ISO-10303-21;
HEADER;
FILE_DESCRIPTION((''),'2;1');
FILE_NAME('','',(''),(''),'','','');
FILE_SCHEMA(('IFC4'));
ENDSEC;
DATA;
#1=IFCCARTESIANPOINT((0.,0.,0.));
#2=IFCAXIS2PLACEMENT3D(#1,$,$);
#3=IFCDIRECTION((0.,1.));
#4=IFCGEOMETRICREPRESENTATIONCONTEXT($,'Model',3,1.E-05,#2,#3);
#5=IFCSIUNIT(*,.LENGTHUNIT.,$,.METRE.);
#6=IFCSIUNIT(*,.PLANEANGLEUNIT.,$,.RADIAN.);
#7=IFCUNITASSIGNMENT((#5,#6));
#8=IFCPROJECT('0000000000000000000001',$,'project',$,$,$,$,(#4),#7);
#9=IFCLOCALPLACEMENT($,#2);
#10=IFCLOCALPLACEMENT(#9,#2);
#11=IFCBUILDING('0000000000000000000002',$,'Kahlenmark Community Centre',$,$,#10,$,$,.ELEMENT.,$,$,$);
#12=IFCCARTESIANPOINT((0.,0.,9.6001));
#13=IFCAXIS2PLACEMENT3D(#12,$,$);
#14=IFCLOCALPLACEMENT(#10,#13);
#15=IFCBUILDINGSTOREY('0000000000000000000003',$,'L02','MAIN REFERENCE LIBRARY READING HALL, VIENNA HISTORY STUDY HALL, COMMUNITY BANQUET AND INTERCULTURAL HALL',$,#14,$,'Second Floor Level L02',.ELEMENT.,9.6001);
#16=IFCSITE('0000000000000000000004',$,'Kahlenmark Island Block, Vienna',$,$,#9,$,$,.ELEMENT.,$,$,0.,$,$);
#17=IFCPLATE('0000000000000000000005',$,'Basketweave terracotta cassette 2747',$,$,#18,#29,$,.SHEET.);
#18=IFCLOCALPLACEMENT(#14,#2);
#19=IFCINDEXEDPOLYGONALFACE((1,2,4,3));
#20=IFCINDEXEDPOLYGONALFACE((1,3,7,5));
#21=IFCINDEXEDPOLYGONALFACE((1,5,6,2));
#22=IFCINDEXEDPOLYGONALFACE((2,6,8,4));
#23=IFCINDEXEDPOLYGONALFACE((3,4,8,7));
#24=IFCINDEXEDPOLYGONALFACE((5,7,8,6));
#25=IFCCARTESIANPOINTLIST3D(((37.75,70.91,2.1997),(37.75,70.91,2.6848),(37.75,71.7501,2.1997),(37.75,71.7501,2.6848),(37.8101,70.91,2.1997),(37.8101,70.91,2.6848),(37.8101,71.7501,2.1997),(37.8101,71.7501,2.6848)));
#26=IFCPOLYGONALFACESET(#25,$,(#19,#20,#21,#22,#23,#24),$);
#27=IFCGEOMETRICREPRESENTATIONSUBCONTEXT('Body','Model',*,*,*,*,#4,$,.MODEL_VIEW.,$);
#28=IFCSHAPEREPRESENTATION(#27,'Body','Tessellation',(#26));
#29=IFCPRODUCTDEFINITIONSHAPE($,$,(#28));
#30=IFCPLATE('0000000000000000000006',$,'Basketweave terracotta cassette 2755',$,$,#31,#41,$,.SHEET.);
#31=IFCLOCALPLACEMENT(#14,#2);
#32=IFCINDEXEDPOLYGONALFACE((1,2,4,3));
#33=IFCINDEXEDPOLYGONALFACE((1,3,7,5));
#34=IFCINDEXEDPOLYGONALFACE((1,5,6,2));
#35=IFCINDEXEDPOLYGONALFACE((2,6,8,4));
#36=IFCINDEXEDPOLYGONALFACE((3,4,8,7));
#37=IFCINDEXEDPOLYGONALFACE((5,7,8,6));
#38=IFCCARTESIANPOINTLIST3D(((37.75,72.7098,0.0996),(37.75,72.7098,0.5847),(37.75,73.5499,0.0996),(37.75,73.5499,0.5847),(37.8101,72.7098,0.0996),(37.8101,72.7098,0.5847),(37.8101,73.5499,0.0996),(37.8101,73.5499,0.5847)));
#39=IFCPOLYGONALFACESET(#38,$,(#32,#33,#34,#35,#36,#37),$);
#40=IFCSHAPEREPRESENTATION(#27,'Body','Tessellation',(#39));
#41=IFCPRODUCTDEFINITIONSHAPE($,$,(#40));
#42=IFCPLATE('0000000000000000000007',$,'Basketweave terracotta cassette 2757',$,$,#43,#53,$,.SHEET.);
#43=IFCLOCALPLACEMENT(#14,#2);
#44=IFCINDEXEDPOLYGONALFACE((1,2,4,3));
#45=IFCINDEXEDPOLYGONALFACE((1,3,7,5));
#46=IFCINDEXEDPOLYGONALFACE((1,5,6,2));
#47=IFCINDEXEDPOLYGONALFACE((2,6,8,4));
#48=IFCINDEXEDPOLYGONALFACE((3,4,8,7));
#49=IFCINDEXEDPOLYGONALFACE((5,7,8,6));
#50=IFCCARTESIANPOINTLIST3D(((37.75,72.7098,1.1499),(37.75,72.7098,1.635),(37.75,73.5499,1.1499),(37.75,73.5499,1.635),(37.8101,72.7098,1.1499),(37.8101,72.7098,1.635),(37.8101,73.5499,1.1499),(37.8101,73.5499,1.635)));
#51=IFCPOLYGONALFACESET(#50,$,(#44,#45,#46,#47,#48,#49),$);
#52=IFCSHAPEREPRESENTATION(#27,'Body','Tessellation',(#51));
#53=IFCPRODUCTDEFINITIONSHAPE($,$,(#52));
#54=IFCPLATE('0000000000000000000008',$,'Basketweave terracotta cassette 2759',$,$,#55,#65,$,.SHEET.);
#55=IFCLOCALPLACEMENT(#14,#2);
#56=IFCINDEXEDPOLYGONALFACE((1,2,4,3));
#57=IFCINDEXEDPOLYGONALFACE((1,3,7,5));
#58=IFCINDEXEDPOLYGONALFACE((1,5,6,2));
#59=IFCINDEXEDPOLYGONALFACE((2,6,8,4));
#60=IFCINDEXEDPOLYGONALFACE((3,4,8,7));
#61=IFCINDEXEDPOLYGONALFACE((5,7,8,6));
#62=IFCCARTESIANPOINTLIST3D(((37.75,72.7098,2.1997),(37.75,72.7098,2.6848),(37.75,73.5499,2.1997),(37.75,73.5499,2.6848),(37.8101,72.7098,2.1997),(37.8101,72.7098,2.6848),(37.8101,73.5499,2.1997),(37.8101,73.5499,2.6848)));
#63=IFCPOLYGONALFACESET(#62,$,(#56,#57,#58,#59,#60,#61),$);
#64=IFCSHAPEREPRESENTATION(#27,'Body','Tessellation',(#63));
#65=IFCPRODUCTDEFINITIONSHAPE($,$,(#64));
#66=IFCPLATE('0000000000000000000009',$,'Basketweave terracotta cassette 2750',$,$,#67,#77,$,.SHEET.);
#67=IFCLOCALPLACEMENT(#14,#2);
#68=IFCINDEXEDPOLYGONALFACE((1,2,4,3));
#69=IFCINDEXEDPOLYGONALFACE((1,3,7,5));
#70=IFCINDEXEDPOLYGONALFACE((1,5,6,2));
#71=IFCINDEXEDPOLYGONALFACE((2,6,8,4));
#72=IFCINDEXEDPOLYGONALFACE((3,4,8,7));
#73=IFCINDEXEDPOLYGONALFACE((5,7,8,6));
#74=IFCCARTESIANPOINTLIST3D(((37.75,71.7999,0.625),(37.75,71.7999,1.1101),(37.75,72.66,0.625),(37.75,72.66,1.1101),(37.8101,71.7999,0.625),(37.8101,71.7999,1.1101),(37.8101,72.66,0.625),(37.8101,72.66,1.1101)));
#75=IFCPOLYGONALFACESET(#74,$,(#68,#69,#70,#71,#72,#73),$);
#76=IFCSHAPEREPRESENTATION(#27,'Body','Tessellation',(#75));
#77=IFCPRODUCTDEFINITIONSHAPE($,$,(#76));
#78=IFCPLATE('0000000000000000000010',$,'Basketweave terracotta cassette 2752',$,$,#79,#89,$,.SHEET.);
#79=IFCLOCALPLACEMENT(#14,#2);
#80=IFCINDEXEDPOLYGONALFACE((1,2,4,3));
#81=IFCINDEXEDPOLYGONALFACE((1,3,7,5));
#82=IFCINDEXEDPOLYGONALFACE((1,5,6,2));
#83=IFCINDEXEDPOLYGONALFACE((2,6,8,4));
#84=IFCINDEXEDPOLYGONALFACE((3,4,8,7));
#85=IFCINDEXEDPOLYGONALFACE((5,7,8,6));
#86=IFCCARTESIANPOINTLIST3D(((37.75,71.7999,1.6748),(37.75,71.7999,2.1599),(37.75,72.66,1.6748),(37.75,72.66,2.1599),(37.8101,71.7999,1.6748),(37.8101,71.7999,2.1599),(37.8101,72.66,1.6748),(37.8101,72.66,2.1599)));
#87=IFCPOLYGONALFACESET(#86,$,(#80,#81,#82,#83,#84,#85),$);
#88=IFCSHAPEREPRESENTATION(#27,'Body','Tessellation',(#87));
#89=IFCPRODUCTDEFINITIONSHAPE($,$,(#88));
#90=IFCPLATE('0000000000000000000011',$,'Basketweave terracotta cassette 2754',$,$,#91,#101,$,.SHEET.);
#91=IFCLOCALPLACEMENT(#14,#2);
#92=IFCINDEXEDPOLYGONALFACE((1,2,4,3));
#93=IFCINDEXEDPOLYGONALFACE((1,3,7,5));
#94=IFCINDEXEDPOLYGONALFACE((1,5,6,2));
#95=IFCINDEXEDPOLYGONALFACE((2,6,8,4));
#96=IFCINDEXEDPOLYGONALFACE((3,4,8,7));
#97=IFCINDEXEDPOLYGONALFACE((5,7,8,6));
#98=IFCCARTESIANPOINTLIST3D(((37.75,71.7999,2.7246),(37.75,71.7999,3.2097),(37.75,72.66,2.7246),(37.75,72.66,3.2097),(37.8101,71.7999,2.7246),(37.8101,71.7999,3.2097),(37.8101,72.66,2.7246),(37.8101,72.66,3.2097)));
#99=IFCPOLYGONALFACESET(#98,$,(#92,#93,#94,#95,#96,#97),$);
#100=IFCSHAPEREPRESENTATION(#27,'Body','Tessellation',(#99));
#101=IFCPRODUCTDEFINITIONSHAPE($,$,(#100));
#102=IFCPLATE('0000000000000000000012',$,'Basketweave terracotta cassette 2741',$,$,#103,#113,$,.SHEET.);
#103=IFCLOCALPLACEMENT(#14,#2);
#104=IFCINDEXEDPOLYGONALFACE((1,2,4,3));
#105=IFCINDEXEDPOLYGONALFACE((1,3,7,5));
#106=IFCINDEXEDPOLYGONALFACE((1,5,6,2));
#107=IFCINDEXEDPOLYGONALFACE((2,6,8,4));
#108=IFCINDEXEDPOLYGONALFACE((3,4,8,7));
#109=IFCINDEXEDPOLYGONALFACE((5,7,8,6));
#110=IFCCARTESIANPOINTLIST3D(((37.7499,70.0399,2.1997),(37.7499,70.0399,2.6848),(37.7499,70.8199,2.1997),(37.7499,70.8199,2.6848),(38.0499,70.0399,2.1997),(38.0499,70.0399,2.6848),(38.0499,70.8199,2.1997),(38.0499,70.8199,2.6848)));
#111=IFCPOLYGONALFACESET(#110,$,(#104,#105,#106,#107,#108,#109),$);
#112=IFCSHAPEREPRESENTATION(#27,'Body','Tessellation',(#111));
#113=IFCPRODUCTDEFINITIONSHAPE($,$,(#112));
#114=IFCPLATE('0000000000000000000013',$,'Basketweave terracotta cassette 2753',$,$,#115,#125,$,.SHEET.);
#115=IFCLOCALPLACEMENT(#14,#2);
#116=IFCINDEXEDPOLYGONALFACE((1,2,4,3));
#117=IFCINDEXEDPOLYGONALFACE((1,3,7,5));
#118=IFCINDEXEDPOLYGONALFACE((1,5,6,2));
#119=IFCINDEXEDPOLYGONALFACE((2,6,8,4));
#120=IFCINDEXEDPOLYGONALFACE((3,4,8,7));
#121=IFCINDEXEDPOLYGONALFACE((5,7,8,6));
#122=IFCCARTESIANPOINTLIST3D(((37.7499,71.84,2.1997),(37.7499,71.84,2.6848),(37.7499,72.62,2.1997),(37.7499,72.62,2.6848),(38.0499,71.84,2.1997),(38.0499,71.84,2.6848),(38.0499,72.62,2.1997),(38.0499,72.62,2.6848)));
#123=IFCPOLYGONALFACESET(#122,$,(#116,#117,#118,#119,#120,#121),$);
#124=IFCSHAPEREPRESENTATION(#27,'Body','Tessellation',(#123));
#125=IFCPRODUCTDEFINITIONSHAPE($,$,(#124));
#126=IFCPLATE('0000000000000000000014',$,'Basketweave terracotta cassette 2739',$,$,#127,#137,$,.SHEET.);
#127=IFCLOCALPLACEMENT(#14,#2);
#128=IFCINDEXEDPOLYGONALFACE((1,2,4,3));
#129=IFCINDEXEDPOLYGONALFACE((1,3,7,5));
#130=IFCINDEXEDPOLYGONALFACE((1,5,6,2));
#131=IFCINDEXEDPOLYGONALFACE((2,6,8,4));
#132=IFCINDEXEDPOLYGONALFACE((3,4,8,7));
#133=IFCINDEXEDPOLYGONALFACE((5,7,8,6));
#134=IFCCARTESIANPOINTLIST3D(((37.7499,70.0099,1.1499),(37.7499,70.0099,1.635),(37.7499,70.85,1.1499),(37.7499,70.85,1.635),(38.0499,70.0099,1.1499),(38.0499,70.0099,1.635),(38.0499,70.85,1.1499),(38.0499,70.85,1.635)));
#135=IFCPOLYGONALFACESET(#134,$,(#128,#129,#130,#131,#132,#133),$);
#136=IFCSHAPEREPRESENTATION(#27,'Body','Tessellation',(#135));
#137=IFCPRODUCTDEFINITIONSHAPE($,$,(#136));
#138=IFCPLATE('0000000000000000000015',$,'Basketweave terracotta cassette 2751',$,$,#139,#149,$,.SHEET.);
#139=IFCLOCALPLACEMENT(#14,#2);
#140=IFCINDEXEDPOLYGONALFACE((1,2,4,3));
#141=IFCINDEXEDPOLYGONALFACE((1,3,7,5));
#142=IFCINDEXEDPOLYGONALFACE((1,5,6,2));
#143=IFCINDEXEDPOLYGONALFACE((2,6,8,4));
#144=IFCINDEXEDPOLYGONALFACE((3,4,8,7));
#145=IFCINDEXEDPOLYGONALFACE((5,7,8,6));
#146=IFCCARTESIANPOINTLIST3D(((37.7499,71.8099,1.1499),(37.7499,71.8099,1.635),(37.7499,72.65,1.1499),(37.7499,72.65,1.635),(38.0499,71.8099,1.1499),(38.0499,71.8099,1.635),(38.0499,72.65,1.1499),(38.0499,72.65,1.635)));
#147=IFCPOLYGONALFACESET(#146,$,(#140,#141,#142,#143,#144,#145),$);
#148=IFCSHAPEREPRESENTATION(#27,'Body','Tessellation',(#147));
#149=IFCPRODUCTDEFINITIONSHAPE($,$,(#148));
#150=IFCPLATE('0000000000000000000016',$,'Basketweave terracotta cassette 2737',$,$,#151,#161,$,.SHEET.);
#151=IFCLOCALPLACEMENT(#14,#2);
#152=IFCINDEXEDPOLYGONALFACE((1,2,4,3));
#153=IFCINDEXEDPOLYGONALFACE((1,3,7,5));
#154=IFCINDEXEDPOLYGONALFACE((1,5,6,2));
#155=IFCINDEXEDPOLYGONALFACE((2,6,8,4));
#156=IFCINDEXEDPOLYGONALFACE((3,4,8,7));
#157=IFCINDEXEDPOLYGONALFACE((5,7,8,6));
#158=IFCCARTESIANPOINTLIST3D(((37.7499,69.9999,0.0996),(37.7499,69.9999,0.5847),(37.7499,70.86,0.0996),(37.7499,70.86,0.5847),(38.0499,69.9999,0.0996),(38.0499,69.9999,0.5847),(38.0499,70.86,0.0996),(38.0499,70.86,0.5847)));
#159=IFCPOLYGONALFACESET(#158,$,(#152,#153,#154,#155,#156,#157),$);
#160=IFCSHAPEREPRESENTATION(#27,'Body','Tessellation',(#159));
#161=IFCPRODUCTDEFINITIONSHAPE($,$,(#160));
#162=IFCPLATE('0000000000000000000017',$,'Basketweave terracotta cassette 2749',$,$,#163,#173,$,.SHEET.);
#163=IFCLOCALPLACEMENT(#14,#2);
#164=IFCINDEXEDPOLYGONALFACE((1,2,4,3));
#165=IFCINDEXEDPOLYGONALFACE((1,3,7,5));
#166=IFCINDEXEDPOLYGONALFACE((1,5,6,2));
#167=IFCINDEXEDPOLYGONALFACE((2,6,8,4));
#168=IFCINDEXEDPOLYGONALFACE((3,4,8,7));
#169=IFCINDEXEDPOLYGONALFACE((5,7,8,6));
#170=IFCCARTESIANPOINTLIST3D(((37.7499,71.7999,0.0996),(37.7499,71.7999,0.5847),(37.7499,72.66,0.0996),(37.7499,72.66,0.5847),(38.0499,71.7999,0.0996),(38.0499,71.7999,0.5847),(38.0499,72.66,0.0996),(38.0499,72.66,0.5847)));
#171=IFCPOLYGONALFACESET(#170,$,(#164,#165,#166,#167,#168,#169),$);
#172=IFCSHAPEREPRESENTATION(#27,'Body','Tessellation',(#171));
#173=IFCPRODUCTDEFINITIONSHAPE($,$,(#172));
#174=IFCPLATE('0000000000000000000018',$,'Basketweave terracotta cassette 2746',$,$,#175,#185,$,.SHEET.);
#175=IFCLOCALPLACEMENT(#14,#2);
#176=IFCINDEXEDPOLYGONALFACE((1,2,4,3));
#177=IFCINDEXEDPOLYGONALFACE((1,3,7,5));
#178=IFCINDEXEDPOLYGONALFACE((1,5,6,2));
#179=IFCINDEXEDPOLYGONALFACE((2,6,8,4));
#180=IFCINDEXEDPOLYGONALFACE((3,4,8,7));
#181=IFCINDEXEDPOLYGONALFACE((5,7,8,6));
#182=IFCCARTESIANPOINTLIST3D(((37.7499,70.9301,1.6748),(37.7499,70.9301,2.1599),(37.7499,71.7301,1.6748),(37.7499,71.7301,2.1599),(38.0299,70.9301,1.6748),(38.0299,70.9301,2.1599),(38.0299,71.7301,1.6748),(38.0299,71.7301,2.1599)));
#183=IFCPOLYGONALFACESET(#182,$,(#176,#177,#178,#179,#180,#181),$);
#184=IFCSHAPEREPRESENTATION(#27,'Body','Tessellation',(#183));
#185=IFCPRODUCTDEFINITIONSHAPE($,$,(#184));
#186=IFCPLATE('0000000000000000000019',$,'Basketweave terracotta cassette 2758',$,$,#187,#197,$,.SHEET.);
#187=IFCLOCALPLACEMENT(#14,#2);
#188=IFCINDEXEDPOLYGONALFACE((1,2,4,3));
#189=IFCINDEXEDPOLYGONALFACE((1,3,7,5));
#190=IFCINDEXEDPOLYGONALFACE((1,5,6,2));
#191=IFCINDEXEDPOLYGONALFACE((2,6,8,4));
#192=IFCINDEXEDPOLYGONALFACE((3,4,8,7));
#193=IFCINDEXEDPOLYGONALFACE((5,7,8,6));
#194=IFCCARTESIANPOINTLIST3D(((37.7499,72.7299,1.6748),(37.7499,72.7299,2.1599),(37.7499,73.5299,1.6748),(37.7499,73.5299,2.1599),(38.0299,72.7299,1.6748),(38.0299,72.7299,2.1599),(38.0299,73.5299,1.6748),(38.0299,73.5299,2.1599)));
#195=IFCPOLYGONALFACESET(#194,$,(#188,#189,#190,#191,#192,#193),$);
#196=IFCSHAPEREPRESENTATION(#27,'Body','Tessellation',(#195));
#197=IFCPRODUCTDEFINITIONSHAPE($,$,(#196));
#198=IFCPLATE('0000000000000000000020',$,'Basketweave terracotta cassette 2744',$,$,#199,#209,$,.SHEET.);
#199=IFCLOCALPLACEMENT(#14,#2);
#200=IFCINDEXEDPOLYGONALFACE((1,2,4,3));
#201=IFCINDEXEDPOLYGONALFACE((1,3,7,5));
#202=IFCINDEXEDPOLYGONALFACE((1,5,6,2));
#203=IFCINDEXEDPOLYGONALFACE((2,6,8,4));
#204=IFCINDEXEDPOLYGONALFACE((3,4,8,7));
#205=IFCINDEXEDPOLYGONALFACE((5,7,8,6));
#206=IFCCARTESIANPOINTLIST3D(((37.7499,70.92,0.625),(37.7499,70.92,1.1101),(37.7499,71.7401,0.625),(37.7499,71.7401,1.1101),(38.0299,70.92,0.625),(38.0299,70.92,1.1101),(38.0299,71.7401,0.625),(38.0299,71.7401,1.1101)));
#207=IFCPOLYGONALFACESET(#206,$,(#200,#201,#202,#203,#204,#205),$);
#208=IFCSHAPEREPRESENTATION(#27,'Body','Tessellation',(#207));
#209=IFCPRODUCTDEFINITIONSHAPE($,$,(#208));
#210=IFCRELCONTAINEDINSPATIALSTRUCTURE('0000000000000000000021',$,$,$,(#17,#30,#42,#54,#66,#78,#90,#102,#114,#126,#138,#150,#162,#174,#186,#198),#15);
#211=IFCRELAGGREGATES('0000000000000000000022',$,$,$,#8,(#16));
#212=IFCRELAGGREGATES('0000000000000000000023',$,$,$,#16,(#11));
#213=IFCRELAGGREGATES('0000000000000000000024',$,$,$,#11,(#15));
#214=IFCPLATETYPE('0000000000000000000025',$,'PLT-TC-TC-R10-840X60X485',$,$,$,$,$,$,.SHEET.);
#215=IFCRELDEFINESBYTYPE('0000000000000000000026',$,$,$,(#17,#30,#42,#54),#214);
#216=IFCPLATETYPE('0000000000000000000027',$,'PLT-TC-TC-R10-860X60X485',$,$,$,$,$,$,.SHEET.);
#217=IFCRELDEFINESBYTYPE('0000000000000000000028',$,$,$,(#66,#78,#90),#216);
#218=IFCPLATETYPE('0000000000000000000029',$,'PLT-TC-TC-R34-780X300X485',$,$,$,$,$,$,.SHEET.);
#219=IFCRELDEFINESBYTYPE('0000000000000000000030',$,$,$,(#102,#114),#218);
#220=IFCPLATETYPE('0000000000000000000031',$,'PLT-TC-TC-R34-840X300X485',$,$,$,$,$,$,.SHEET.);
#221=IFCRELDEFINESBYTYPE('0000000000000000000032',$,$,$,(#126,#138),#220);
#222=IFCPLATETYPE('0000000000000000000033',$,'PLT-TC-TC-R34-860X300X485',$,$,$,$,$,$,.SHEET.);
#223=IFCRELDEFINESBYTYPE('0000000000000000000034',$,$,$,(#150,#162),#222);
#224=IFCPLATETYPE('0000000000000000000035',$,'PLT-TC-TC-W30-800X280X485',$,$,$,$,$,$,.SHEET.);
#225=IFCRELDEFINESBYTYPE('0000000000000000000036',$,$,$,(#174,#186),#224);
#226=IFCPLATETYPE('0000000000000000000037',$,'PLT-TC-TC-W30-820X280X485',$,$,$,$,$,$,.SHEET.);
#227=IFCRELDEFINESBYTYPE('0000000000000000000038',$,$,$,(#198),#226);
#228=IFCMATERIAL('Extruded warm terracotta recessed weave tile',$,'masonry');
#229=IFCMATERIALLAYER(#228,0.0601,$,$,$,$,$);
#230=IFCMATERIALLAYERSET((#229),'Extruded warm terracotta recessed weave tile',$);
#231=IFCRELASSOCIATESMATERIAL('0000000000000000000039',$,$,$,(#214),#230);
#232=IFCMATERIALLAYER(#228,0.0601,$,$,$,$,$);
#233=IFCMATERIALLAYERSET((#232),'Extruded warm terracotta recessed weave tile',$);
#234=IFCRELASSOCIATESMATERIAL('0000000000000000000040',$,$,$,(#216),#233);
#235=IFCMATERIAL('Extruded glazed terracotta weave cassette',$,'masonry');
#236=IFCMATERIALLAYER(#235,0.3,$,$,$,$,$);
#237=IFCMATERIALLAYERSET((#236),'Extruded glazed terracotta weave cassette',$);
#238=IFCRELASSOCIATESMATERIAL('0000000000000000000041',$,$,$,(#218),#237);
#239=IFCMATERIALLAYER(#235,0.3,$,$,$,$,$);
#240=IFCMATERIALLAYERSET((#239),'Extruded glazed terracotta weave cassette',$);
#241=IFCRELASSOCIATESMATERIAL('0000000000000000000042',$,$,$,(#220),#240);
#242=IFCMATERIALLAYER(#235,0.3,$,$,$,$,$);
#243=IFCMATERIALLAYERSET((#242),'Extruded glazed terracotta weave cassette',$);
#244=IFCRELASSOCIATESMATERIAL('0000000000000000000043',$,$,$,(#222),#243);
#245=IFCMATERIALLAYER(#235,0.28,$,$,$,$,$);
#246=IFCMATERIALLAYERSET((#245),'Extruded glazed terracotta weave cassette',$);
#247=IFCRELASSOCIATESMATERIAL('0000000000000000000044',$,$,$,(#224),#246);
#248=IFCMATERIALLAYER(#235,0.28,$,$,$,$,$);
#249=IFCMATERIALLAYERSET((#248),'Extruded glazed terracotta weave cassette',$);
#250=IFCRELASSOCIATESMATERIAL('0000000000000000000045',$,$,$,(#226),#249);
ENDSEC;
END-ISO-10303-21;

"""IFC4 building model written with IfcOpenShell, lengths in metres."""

from ifc_helpers import new_model, si_unit, direction, frame, origin, origin_2d, place, context, subcontext, project, spatial, rectangle, extrude, material, layer, layer_set, type_object, element, save


model = new_model("IFC4")

# Units and contexts
model_context = context("Model", 3, precision=1e-05, world=origin(), true_north=direction((0.0, 1.0)))
body_context = subcontext(model_context, "Body", "Model", "MODEL_VIEW")
ifc_project = project(units=[si_unit("LENGTHUNIT", "METRE"), si_unit("PLANEANGLEUNIT", "RADIAN")], contexts=[model_context])

# Site, building, storey
site_placement = place(None, origin())
site = spatial("IfcSite", under=ifc_project, at=site_placement, Name="Kahlenmark Island Block, Vienna", CompositionType="ELEMENT", RefElevation=0.0)
building_placement = place(site_placement, origin())
building = spatial("IfcBuilding", under=site, at=building_placement, Name="Kahlenmark Community Centre", CompositionType="ELEMENT")
storey_placement = place(building_placement, frame((0.0, 0.0, 9.6001)))
storey = spatial("IfcBuildingStorey", under=building, at=storey_placement, Name="L02", Description="MAIN REFERENCE LIBRARY READING HALL, VIENNA HISTORY STUDY HALL, COMMUNITY BANQUET AND INTERCULTURAL HALL", LongName="Second Floor Level L02", CompositionType="ELEMENT", Elevation=9.6001)

# Plates
ifc_material_1 = material(Name="Extruded warm terracotta recessed weave tile", Category="masonry")
ifc_layer_1 = layer(ifc_material_1, 0.0601)
ifc_layer_set_1 = layer_set([ifc_layer_1], Name="Extruded warm terracotta recessed weave tile")
plate_type_1 = type_object("IfcPlateType", Name="PLT-TC-TC-R10-840X60X485", PredefinedType="SHEET", material=ifc_layer_set_1)
for number, where, z_axis, x_axis, name in (
    (1, (37.78, 71.3301, 2.1997), (0.0, 0.0, 1.0), (0.0, 1.0, 0.0), "Basketweave terracotta cassette 2747"),
    (2, (37.78, 73.1299, 0.0996), (0.0, 0.0, 1.0), (0.0, 1.0, 0.0), "Basketweave terracotta cassette 2755"),
    (3, (37.78, 73.1299, 1.1499), (0.0, 0.0, 1.0), (0.0, 1.0, 0.0), "Basketweave terracotta cassette 2757"),
    (4, (37.78, 73.1299, 2.1997), (0.0, 0.0, 1.0), (0.0, 1.0, 0.0), "Basketweave terracotta cassette 2759"),
):
    element("IfcPlate", number, at=place(storey_placement, frame(where, z_axis=z_axis, x_axis=x_axis)), inside=storey, type_object=plate_type_1, Name=name, PredefinedType="SHEET", context=body_context, shape_type="SweptSolid", body=[
        extrude(rectangle(XDim=0.8401, YDim=0.0601, at=origin_2d()), origin(), (0.0, 0.0, 1.0), 0.4851),
    ])
ifc_layer_2 = layer(ifc_material_1, 0.0601)
ifc_layer_set_2 = layer_set([ifc_layer_2], Name="Extruded warm terracotta recessed weave tile")
plate_type_2 = type_object("IfcPlateType", Name="PLT-TC-TC-R10-860X60X485", PredefinedType="SHEET", material=ifc_layer_set_2)
for number, where, z_axis, x_axis, name in (
    (5, (37.78, 72.23, 0.625), (0.0, 0.0, 1.0), (0.0, 1.0, 0.0), "Basketweave terracotta cassette 2750"),
    (6, (37.78, 72.23, 1.6748), (0.0, 0.0, 1.0), (0.0, 1.0, 0.0), "Basketweave terracotta cassette 2752"),
    (7, (37.78, 72.23, 2.7246), (0.0, 0.0, 1.0), (0.0, 1.0, 0.0), "Basketweave terracotta cassette 2754"),
):
    element("IfcPlate", number, at=place(storey_placement, frame(where, z_axis=z_axis, x_axis=x_axis)), inside=storey, type_object=plate_type_2, Name=name, PredefinedType="SHEET", context=body_context, shape_type="SweptSolid", body=[
        extrude(rectangle(XDim=0.8601, YDim=0.0601, at=origin_2d()), origin(), (0.0, 0.0, 1.0), 0.4851),
    ])
ifc_material_2 = material(Name="Extruded glazed terracotta weave cassette", Category="masonry")
ifc_layer_3 = layer(ifc_material_2, 0.3)
ifc_layer_set_3 = layer_set([ifc_layer_3], Name="Extruded glazed terracotta weave cassette")
plate_type_3 = type_object("IfcPlateType", Name="PLT-TC-TC-R34-780X300X485", PredefinedType="SHEET", material=ifc_layer_set_3)
for number, where, z_axis, x_axis, name in (
    (8, (37.8999, 70.4299, 2.1997), (0.0, 0.0, 1.0), (0.0, 1.0, 0.0), "Basketweave terracotta cassette 2741"),
    (9, (37.8999, 72.23, 2.1997), (0.0, 0.0, 1.0), (0.0, 1.0, 0.0), "Basketweave terracotta cassette 2753"),
):
    element("IfcPlate", number, at=place(storey_placement, frame(where, z_axis=z_axis, x_axis=x_axis)), inside=storey, type_object=plate_type_3, Name=name, PredefinedType="SHEET", context=body_context, shape_type="SweptSolid", body=[
        extrude(rectangle(XDim=0.78, YDim=0.3, at=origin_2d()), origin(), (0.0, 0.0, 1.0), 0.4851),
    ])
ifc_layer_4 = layer(ifc_material_2, 0.3)
ifc_layer_set_4 = layer_set([ifc_layer_4], Name="Extruded glazed terracotta weave cassette")
plate_type_4 = type_object("IfcPlateType", Name="PLT-TC-TC-R34-840X300X485", PredefinedType="SHEET", material=ifc_layer_set_4)
for number, where, z_axis, x_axis, name in (
    (10, (37.8999, 70.4299, 1.1499), (0.0, 0.0, 1.0), (0.0, 1.0, 0.0), "Basketweave terracotta cassette 2739"),
    (11, (37.8999, 72.23, 1.1499), (0.0, 0.0, 1.0), (0.0, 1.0, 0.0), "Basketweave terracotta cassette 2751"),
):
    element("IfcPlate", number, at=place(storey_placement, frame(where, z_axis=z_axis, x_axis=x_axis)), inside=storey, type_object=plate_type_4, Name=name, PredefinedType="SHEET", context=body_context, shape_type="SweptSolid", body=[
        extrude(rectangle(XDim=0.8401, YDim=0.3, at=origin_2d()), origin(), (0.0, 0.0, 1.0), 0.4851),
    ])
ifc_layer_5 = layer(ifc_material_2, 0.3)
ifc_layer_set_5 = layer_set([ifc_layer_5], Name="Extruded glazed terracotta weave cassette")
plate_type_5 = type_object("IfcPlateType", Name="PLT-TC-TC-R34-860X300X485", PredefinedType="SHEET", material=ifc_layer_set_5)
for number, where, z_axis, x_axis, name in (
    (12, (37.8999, 70.4299, 0.0996), (0.0, 0.0, 1.0), (0.0, 1.0, 0.0), "Basketweave terracotta cassette 2737"),
    (13, (37.8999, 72.23, 0.0996), (0.0, 0.0, 1.0), (0.0, 1.0, 0.0), "Basketweave terracotta cassette 2749"),
):
    element("IfcPlate", number, at=place(storey_placement, frame(where, z_axis=z_axis, x_axis=x_axis)), inside=storey, type_object=plate_type_5, Name=name, PredefinedType="SHEET", context=body_context, shape_type="SweptSolid", body=[
        extrude(rectangle(XDim=0.8601, YDim=0.3, at=origin_2d()), origin(), (0.0, 0.0, 1.0), 0.4851),
    ])
ifc_layer_6 = layer(ifc_material_2, 0.28)
ifc_layer_set_6 = layer_set([ifc_layer_6], Name="Extruded glazed terracotta weave cassette")
plate_type_6 = type_object("IfcPlateType", Name="PLT-TC-TC-W30-800X280X485", PredefinedType="SHEET", material=ifc_layer_set_6)
for number, where, z_axis, x_axis, name in (
    (14, (37.8899, 71.3301, 1.6748), (0.0, 0.0, 1.0), (0.0, 1.0, 0.0), "Basketweave terracotta cassette 2746"),
    (15, (37.8899, 73.1299, 1.6748), (0.0, 0.0, 1.0), (0.0, 1.0, 0.0), "Basketweave terracotta cassette 2758"),
):
    element("IfcPlate", number, at=place(storey_placement, frame(where, z_axis=z_axis, x_axis=x_axis)), inside=storey, type_object=plate_type_6, Name=name, PredefinedType="SHEET", context=body_context, shape_type="SweptSolid", body=[
        extrude(rectangle(XDim=0.8, YDim=0.28, at=origin_2d()), origin(), (0.0, 0.0, 1.0), 0.4851),
    ])
ifc_layer_7 = layer(ifc_material_2, 0.28)
ifc_layer_set_7 = layer_set([ifc_layer_7], Name="Extruded glazed terracotta weave cassette")
plate_type_7 = type_object("IfcPlateType", Name="PLT-TC-TC-W30-820X280X485", PredefinedType="SHEET", material=ifc_layer_set_7)
for number, where, z_axis, x_axis, name in (
    (16, (37.8899, 71.3301, 0.625), (0.0, 0.0, 1.0), (0.0, 1.0, 0.0), "Basketweave terracotta cassette 2744"),
):
    element("IfcPlate", number, at=place(storey_placement, frame(where, z_axis=z_axis, x_axis=x_axis)), inside=storey, type_object=plate_type_7, Name=name, PredefinedType="SHEET", context=body_context, shape_type="SweptSolid", body=[
        extrude(rectangle(XDim=0.8201, YDim=0.28, at=origin_2d()), origin(), (0.0, 0.0, 1.0), 0.4851),
    ])

save(model, "model.ifc")
